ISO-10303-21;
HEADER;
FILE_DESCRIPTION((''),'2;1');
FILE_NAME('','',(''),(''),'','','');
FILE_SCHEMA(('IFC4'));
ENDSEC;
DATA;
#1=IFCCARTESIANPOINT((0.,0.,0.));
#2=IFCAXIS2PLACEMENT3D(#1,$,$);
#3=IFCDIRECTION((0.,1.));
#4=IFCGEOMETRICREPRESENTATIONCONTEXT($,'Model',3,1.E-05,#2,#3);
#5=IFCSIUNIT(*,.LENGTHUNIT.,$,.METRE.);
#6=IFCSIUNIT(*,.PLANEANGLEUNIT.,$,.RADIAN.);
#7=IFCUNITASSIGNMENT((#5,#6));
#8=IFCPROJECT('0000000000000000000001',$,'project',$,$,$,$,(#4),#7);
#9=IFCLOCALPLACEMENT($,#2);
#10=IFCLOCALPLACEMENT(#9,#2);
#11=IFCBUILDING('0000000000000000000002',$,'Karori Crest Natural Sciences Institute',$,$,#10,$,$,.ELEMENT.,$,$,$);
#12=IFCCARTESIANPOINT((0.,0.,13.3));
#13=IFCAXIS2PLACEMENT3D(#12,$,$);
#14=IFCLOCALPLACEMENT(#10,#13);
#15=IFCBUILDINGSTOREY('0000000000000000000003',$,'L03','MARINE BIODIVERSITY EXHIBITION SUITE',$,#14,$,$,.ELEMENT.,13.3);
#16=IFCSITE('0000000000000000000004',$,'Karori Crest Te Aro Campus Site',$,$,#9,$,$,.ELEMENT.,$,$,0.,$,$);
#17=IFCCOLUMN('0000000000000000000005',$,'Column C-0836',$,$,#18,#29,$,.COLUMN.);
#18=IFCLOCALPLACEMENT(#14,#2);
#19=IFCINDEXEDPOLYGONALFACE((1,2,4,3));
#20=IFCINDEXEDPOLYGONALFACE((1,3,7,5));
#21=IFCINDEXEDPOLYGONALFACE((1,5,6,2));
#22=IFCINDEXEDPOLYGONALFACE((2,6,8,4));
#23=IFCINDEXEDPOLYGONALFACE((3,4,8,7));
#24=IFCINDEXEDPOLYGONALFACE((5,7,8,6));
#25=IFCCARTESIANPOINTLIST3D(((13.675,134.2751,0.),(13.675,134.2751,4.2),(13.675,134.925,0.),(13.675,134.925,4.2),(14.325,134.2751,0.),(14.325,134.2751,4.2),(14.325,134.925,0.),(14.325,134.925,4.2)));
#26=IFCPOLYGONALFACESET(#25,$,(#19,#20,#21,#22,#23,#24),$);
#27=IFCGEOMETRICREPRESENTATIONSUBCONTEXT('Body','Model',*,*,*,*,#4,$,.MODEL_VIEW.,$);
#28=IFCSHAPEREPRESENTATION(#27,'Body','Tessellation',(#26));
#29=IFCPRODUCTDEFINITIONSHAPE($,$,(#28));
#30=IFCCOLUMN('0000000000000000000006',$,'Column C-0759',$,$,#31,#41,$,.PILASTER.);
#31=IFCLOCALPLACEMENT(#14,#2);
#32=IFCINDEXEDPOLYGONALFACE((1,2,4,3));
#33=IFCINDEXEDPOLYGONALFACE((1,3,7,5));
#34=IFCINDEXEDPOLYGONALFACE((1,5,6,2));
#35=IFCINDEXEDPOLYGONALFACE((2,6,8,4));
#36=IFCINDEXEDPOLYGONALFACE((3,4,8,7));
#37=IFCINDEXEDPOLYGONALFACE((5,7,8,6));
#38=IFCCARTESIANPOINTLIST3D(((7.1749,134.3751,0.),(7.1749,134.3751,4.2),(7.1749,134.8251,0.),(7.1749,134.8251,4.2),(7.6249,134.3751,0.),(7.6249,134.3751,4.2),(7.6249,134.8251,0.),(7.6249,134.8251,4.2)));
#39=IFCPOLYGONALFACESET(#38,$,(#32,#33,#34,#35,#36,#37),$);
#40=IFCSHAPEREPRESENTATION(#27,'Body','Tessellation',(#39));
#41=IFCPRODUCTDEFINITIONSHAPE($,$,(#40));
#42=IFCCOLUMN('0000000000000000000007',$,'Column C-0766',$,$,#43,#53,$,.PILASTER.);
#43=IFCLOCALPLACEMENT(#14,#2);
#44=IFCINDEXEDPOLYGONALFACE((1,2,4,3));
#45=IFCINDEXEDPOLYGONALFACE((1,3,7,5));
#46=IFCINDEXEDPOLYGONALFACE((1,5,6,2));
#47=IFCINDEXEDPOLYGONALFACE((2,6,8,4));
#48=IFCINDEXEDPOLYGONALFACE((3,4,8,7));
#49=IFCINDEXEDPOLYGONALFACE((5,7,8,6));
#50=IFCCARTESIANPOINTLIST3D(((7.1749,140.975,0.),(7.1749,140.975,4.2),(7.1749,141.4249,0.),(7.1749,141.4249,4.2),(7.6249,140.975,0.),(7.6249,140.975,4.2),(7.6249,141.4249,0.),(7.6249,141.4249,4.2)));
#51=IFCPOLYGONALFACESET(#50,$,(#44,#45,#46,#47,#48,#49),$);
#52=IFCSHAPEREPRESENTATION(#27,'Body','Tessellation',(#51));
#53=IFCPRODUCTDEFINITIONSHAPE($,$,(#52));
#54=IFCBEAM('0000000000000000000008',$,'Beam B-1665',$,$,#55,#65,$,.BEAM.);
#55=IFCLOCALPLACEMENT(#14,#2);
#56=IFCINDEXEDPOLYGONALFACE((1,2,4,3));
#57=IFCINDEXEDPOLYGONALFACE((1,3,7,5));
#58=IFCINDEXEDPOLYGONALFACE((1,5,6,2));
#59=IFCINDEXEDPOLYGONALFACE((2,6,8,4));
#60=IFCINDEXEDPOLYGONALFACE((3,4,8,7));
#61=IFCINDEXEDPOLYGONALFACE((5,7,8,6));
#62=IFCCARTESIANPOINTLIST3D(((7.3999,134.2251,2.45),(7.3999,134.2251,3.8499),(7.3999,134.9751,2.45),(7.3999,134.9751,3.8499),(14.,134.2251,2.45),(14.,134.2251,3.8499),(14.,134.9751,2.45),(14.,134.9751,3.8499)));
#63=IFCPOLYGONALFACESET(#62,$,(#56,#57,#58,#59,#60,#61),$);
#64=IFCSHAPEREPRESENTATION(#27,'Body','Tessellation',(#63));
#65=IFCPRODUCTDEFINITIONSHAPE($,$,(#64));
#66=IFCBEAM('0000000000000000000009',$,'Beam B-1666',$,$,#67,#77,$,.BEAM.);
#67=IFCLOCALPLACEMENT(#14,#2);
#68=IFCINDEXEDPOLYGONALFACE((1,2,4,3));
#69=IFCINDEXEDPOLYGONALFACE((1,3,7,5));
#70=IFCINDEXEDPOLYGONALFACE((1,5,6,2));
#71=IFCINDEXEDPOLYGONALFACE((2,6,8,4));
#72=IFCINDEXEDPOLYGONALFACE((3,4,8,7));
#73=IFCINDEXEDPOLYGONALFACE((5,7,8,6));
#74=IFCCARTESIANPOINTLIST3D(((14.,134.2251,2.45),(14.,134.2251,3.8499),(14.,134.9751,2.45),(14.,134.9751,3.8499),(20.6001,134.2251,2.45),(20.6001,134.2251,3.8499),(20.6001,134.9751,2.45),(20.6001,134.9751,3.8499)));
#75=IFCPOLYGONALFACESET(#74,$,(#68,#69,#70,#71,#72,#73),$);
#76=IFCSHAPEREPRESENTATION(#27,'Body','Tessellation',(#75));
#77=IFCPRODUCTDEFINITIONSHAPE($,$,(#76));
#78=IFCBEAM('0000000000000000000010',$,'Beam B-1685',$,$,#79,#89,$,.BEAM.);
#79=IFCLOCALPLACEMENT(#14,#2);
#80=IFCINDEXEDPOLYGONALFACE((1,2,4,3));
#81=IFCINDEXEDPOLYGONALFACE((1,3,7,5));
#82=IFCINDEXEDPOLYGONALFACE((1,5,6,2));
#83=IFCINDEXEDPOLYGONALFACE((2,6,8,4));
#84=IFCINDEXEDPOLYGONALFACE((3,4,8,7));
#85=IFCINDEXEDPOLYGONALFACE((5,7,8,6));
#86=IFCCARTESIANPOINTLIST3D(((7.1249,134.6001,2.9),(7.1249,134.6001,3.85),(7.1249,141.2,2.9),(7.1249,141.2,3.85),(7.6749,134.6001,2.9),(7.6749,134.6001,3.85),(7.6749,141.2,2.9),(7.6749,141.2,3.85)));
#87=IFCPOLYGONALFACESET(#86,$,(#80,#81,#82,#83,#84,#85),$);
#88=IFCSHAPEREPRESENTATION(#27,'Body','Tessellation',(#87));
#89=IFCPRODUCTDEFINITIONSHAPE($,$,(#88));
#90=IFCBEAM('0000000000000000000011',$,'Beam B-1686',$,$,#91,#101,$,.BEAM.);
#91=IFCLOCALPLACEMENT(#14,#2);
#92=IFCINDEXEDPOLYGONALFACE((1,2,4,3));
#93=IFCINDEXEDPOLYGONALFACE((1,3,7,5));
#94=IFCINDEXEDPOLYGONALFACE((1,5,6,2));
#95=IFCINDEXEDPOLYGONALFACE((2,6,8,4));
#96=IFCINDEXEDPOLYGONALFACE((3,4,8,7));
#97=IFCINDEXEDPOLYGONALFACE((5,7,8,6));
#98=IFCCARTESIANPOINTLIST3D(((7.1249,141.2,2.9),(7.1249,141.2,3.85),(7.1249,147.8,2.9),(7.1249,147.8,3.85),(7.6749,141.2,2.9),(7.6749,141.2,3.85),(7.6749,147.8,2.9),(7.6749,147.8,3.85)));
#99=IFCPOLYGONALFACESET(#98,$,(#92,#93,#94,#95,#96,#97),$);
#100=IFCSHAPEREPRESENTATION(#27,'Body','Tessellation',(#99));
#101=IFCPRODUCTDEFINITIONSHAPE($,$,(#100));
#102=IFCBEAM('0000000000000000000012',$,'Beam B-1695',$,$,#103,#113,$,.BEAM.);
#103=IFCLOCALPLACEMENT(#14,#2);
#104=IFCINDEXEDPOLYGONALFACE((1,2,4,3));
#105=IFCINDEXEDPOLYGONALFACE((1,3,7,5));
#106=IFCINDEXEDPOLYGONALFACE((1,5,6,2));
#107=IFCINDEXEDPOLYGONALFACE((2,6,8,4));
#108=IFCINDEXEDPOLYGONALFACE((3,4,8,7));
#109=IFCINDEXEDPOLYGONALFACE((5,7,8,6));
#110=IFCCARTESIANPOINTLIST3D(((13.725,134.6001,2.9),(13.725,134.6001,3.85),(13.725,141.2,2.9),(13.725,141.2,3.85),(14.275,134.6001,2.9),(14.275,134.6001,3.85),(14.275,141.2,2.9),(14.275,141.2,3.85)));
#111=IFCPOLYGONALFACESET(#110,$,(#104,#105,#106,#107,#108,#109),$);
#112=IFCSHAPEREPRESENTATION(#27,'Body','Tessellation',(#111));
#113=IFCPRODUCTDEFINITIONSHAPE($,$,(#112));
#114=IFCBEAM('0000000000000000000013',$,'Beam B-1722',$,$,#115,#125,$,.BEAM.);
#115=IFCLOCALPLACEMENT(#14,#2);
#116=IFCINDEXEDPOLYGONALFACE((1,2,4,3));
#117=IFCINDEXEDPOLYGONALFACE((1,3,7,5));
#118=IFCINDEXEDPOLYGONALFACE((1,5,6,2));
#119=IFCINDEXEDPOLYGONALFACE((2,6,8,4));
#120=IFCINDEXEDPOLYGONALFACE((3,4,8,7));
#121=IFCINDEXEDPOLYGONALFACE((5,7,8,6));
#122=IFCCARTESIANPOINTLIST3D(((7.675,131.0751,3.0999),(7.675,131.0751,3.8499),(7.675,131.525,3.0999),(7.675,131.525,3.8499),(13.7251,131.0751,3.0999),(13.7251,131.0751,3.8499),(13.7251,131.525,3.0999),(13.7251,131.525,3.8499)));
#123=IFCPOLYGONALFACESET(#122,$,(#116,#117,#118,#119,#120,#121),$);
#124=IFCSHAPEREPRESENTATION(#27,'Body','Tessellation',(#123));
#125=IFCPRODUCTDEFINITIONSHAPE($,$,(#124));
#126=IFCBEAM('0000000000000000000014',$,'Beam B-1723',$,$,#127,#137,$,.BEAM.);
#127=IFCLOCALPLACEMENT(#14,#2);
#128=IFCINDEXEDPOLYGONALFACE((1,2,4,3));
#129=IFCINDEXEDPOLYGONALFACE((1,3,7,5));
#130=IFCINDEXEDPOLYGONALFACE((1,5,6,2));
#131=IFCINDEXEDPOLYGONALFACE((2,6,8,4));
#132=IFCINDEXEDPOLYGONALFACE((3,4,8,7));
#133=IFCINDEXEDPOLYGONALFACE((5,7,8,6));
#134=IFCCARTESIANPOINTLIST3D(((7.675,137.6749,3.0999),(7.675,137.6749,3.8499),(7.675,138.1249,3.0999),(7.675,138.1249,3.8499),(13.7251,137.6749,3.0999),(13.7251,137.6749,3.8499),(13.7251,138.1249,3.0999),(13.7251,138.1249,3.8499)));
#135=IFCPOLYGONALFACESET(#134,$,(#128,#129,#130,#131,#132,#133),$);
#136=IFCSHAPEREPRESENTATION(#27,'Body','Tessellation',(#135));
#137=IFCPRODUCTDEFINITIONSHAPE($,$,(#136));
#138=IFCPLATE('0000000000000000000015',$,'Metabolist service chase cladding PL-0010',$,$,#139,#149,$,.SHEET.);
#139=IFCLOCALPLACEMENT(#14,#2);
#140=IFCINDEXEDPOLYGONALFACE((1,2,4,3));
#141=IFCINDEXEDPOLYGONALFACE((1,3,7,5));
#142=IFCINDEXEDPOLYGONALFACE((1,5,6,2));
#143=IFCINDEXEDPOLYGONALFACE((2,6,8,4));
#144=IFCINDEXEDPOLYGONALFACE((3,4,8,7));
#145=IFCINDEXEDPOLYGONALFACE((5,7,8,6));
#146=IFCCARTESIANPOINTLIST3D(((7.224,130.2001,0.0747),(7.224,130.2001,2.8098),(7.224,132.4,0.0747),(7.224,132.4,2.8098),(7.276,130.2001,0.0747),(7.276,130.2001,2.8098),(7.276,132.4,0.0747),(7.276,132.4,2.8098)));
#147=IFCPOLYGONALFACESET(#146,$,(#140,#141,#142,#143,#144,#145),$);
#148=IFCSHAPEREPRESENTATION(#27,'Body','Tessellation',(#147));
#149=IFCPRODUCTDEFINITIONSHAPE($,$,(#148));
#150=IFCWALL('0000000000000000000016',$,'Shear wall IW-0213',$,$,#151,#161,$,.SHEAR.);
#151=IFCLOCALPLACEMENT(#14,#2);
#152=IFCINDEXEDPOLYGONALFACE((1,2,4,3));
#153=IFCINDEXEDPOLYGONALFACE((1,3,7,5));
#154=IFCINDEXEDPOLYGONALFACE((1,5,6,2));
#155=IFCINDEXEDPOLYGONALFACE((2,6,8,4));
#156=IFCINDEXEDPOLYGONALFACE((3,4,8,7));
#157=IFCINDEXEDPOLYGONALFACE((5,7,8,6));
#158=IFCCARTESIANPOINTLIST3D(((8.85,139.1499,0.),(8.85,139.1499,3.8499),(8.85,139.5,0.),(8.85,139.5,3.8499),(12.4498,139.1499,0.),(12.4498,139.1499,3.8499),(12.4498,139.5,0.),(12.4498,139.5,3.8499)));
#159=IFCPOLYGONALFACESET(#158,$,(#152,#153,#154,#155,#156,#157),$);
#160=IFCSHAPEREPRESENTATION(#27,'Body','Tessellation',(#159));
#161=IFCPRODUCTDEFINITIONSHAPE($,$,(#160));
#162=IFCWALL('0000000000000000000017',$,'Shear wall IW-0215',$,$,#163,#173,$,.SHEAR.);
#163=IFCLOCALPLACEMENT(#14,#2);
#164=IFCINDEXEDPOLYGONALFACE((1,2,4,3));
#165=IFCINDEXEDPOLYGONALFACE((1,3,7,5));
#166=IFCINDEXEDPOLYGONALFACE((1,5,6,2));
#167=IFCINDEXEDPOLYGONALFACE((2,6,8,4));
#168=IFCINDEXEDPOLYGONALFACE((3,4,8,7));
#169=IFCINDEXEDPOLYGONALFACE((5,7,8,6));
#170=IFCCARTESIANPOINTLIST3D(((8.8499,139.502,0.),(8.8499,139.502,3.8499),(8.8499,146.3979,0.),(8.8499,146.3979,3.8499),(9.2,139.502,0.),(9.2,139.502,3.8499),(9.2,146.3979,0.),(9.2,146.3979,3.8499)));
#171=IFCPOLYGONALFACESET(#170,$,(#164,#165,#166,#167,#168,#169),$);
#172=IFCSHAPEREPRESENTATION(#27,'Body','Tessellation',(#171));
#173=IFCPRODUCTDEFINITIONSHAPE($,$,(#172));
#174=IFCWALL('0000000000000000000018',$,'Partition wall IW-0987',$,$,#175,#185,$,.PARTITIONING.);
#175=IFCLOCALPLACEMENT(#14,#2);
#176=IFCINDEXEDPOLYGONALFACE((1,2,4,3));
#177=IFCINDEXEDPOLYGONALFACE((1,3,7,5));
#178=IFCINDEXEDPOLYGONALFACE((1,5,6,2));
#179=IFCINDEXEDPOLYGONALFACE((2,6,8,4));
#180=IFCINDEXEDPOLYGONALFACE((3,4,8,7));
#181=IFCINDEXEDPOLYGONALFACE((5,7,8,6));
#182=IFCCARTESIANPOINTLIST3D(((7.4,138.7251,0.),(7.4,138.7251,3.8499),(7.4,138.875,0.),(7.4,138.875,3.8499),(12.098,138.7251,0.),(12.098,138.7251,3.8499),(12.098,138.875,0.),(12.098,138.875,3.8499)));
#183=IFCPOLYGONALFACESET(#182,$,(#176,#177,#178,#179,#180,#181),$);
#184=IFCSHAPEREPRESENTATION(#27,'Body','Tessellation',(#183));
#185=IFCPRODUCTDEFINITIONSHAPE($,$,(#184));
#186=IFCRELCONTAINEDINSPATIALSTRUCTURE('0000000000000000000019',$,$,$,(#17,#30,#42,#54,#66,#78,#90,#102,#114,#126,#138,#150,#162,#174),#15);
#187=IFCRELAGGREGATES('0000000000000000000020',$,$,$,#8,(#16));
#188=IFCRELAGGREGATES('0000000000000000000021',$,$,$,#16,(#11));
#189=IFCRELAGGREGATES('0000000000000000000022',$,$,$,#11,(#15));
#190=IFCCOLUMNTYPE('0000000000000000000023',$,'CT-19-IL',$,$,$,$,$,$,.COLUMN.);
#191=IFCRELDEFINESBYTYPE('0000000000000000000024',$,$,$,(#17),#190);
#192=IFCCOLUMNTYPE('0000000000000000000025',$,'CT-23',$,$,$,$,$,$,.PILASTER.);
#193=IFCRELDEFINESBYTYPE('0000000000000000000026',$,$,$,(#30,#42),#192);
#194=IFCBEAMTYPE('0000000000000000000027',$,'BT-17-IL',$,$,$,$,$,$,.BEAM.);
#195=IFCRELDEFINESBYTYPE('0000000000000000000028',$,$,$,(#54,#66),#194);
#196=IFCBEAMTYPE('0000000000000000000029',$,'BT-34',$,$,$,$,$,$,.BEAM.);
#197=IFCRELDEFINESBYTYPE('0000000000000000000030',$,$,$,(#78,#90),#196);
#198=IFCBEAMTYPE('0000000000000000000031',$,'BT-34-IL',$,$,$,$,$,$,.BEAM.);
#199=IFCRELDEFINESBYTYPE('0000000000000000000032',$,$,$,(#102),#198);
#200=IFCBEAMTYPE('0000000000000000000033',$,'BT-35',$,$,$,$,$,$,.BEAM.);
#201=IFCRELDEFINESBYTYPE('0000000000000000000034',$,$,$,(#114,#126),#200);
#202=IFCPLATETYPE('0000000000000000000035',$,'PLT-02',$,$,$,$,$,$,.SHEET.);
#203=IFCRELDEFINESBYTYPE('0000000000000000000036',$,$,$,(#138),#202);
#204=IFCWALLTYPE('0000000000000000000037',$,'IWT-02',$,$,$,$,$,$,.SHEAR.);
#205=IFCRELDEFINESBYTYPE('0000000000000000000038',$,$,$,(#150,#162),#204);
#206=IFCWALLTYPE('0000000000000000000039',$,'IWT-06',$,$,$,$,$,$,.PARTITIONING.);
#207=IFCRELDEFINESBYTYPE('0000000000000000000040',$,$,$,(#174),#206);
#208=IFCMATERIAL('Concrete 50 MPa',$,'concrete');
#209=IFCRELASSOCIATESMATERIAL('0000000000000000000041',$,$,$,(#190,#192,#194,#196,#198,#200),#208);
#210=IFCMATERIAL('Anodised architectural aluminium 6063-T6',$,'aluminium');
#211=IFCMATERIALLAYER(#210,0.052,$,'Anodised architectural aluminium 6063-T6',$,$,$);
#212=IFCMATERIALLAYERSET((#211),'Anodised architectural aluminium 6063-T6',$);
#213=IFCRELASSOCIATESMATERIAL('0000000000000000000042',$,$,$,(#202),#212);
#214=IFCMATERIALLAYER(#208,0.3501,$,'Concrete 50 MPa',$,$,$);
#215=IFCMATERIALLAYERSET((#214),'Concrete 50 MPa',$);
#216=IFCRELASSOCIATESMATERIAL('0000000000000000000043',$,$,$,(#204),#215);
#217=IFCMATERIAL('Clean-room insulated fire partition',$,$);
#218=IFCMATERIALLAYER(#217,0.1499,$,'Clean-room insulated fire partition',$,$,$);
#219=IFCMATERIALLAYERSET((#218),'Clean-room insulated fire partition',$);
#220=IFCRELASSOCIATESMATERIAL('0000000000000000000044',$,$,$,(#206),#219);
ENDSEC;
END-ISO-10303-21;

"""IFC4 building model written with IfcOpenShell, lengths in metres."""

from ifc_helpers import new_model, si_unit, direction, frame, frame_2d, origin, origin_2d, place, context, subcontext, project, spatial, rectangle, extrude, material, layer, layer_set, material_profile, profile_set, type_object, element, save


model = new_model("IFC4")

# Units and contexts
model_context = context("Model", 3, precision=1e-05, world=origin(), true_north=direction((0.0, 1.0)))
body_context = subcontext(model_context, "Body", "Model", "MODEL_VIEW")
ifc_project = project(units=[si_unit("LENGTHUNIT", "METRE"), si_unit("PLANEANGLEUNIT", "RADIAN")], contexts=[model_context])

# Site, building, storey
site_placement = place(None, origin())
site = spatial("IfcSite", under=ifc_project, at=site_placement, Name="Karori Crest Te Aro Campus Site", CompositionType="ELEMENT", RefElevation=0.0)
building_placement = place(site_placement, origin())
building = spatial("IfcBuilding", under=site, at=building_placement, Name="Karori Crest Natural Sciences Institute", CompositionType="ELEMENT")
storey_placement = place(building_placement, frame((0.0, 0.0, 13.3)))
storey = spatial("IfcBuildingStorey", under=building, at=storey_placement, Name="L03", Description="MARINE BIODIVERSITY EXHIBITION SUITE", CompositionType="ELEMENT", Elevation=13.3)

# Columns
ifc_material_1 = material(Name="Concrete 50 MPa", Category="concrete")
ifc_material_profile_1 = material_profile(ifc_material_1, rectangle(XDim=0.6499, YDim=0.6499, at=origin_2d()), Name="RC650x650")
ifc_profile_set_1 = profile_set([ifc_material_profile_1], Name="Concrete 50 MPa")
column_type_1 = type_object("IfcColumnType", Name="CT-19-IL", PredefinedType="COLUMN", material=ifc_profile_set_1)
column_placement = place(storey_placement, frame((14.0, 134.6001, 0.0), z_axis=(0.0, 0.0, 1.0), x_axis=(1.0, 0.0, 0.0)))
element("IfcColumn", 1, at=column_placement, inside=storey, type_object=column_type_1, Name="Column C-0836", PredefinedType="COLUMN", context=body_context, shape_type="SweptSolid", body=[
    extrude(rectangle(XDim=0.6499, YDim=0.6499, at=origin_2d()), origin(), (0.0, 0.0, 1.0), 4.2),
])
ifc_material_profile_2 = material_profile(ifc_material_1, rectangle(XDim=0.45, YDim=0.45, at=origin_2d()), Name="RC450x450")
ifc_profile_set_2 = profile_set([ifc_material_profile_2], Name="Concrete 50 MPa")
column_type_2 = type_object("IfcColumnType", Name="CT-23", PredefinedType="PILASTER", material=ifc_profile_set_2)
for number, where, z_axis, x_axis, name in (
    (2, (7.3999, 134.6001, 0.0), (0.0, 0.0, 1.0), (1.0, 0.0, 0.0), "Column C-0759"),
    (3, (7.3999, 141.2, 0.0), (0.0, 0.0, 1.0), (1.0, 0.0, 0.0), "Column C-0766"),
):
    element("IfcColumn", number, at=place(storey_placement, frame(where, z_axis=z_axis, x_axis=x_axis)), inside=storey, type_object=column_type_2, Name=name, PredefinedType="PILASTER", context=body_context, shape_type="SweptSolid", body=[
        extrude(rectangle(XDim=0.45, YDim=0.45, at=origin_2d()), origin(), (0.0, 0.0, 1.0), 4.2),
    ])

# Beams
ifc_material_profile_3 = material_profile(ifc_material_1, rectangle(XDim=0.75, YDim=1.3999, at=origin_2d()), Name="RCB750x1400")
ifc_profile_set_3 = profile_set([ifc_material_profile_3], Name="Concrete 50 MPa")
beam_type_1 = type_object("IfcBeamType", Name="BT-17-IL", PredefinedType="BEAM", material=ifc_profile_set_3)
for number, where, z_axis, x_axis, name in (
    (4, (7.3999, 134.6001, 3.1499), (1.0, 0.0, 0.0), (0.0, 1.0, 0.0), "Beam B-1665"),
    (5, (14.0, 134.6001, 3.1499), (1.0, 0.0, 0.0), (0.0, 1.0, 0.0), "Beam B-1666"),
):
    element("IfcBeam", number, at=place(storey_placement, frame(where, z_axis=z_axis, x_axis=x_axis)), inside=storey, type_object=beam_type_1, Name=name, PredefinedType="BEAM", context=body_context, shape_type="SweptSolid", body=[
        extrude(rectangle(XDim=0.75, YDim=1.3999, at=origin_2d()), origin(), (0.0, 0.0, 1.0), 6.6001),
    ])
ifc_material_profile_4 = material_profile(ifc_material_1, rectangle(XDim=0.55, YDim=0.95, at=origin_2d()), Name="RCB550x950")
ifc_profile_set_4 = profile_set([ifc_material_profile_4], Name="Concrete 50 MPa")
beam_type_2 = type_object("IfcBeamType", Name="BT-34", PredefinedType="BEAM", material=ifc_profile_set_4)
beam_1_placement = place(storey_placement, frame((7.3999, 134.6001, 3.375), z_axis=(0.0, 1.0, 0.0), x_axis=(-1.0, 0.0, 0.0)))
element("IfcBeam", 6, at=beam_1_placement, inside=storey, type_object=beam_type_2, Name="Beam B-1685", PredefinedType="BEAM", context=body_context, shape_type="SweptSolid", body=[
    extrude(rectangle(XDim=0.55, YDim=0.95, at=origin_2d()), origin(), (0.0, 0.0, 1.0), 6.5999),
])
beam_2_placement = place(storey_placement, frame((7.3999, 141.2, 3.375), z_axis=(0.0, 1.0, 0.0), x_axis=(-1.0, 0.0, 0.0)))
element("IfcBeam", 7, at=beam_2_placement, inside=storey, type_object=beam_type_2, Name="Beam B-1686", PredefinedType="BEAM", context=body_context, shape_type="SweptSolid", body=[
    extrude(rectangle(XDim=0.55, YDim=0.95, at=origin_2d()), origin(), (0.0, 0.0, 1.0), 6.6001),
])
ifc_material_profile_5 = material_profile(ifc_material_1, rectangle(XDim=0.55, YDim=0.95, at=origin_2d()), Name="RCB550x950")
ifc_profile_set_5 = profile_set([ifc_material_profile_5], Name="Concrete 50 MPa")
beam_type_3 = type_object("IfcBeamType", Name="BT-34-IL", PredefinedType="BEAM", material=ifc_profile_set_5)
beam_3_placement = place(storey_placement, frame((14.0, 134.6001, 3.375), z_axis=(0.0, 1.0, 0.0), x_axis=(-1.0, 0.0, 0.0)))
element("IfcBeam", 8, at=beam_3_placement, inside=storey, type_object=beam_type_3, Name="Beam B-1695", PredefinedType="BEAM", context=body_context, shape_type="SweptSolid", body=[
    extrude(rectangle(XDim=0.55, YDim=0.95, at=origin_2d()), origin(), (0.0, 0.0, 1.0), 6.5999),
])
ifc_material_profile_6 = material_profile(ifc_material_1, rectangle(XDim=0.45, YDim=0.75, at=origin_2d()), Name="RCB450x750")
ifc_profile_set_6 = profile_set([ifc_material_profile_6], Name="Concrete 50 MPa")
beam_type_4 = type_object("IfcBeamType", Name="BT-35", PredefinedType="BEAM", material=ifc_profile_set_6)
for number, where, z_axis, x_axis, name in (
    (9, (7.675, 131.3, 3.4749), (1.0, 0.0, 0.0), (0.0, 1.0, 0.0), "Beam B-1722"),
    (10, (7.675, 137.8999, 3.4749), (1.0, 0.0, 0.0), (0.0, 1.0, 0.0), "Beam B-1723"),
):
    element("IfcBeam", number, at=place(storey_placement, frame(where, z_axis=z_axis, x_axis=x_axis)), inside=storey, type_object=beam_type_4, Name=name, PredefinedType="BEAM", context=body_context, shape_type="SweptSolid", body=[
        extrude(rectangle(XDim=0.45, YDim=0.75, at=origin_2d()), origin(), (0.0, 0.0, 1.0), 6.05),
    ])

# Plate
ifc_material_2 = material(Name="Anodised architectural aluminium 6063-T6", Category="aluminium")
ifc_layer_1 = layer(ifc_material_2, 0.052, Name="Anodised architectural aluminium 6063-T6")
ifc_layer_set_1 = layer_set([ifc_layer_1], Name="Anodised architectural aluminium 6063-T6")
plate_type = type_object("IfcPlateType", Name="PLT-02", PredefinedType="SHEET", material=ifc_layer_set_1)
plate_placement = place(storey_placement, frame((7.25, 131.3, 0.0747), z_axis=(0.0, 0.0, 1.0), x_axis=(1.0, 0.0, 0.0)))
element("IfcPlate", 11, at=plate_placement, inside=storey, type_object=plate_type, Name="Metabolist service chase cladding PL-0010", PredefinedType="SHEET", context=body_context, shape_type="SweptSolid", body=[
    extrude(rectangle(XDim=0.052, YDim=2.2, at=origin_2d()), origin(), (0.0, 0.0, 1.0), 2.7351),
])

# Walls
ifc_layer_2 = layer(ifc_material_1, 0.3501, Name="Concrete 50 MPa")
ifc_layer_set_2 = layer_set([ifc_layer_2], Name="Concrete 50 MPa")
wall_type_1 = type_object("IfcWallType", Name="IWT-02", PredefinedType="SHEAR", material=ifc_layer_set_2)
wall_1_placement = place(storey_placement, frame((8.8501, 139.325, 0.0), z_axis=(0.0, 0.0, 1.0), x_axis=(1.0, 0.0, 0.0)))
element("IfcWall", 12, at=wall_1_placement, inside=storey, type_object=wall_type_1, Name="Shear wall IW-0213", PredefinedType="SHEAR", context=body_context, shape_type="SweptSolid", body=[
    extrude(rectangle(XDim=3.5999, YDim=0.3501, at=frame_2d((1.7998, 0.0))), origin(), (0.0, 0.0, 1.0), 3.8499),
])
wall_2_placement = place(storey_placement, frame((9.0249, 139.502, 0.0), z_axis=(0.0, 0.0, 1.0), x_axis=(0.0, 1.0, 0.0)))
element("IfcWall", 13, at=wall_2_placement, inside=storey, type_object=wall_type_1, Name="Shear wall IW-0215", PredefinedType="SHEAR", context=body_context, shape_type="SweptSolid", body=[
    extrude(rectangle(XDim=6.896, YDim=0.3501, at=frame_2d((3.448, 0.0))), origin(), (0.0, 0.0, 1.0), 3.8499),
])

# Wall
ifc_material_3 = material(Name="Clean-room insulated fire partition")
ifc_layer_3 = layer(ifc_material_3, 0.1499, Name="Clean-room insulated fire partition")
ifc_layer_set_3 = layer_set([ifc_layer_3], Name="Clean-room insulated fire partition")
wall_type_2 = type_object("IfcWallType", Name="IWT-06", PredefinedType="PARTITIONING", material=ifc_layer_set_3)
wall_3_placement = place(storey_placement, frame((7.3999, 138.8, 0.0), z_axis=(0.0, 0.0, 1.0), x_axis=(1.0, 0.0, 0.0)))
element("IfcWall", 14, at=wall_3_placement, inside=storey, type_object=wall_type_2, Name="Partition wall IW-0987", PredefinedType="PARTITIONING", context=body_context, shape_type="SweptSolid", body=[
    extrude(rectangle(XDim=4.698, YDim=0.1499, at=frame_2d((2.3491, 0.0))), origin(), (0.0, 0.0, 1.0), 3.8499),
])

save(model, "model.ifc")
